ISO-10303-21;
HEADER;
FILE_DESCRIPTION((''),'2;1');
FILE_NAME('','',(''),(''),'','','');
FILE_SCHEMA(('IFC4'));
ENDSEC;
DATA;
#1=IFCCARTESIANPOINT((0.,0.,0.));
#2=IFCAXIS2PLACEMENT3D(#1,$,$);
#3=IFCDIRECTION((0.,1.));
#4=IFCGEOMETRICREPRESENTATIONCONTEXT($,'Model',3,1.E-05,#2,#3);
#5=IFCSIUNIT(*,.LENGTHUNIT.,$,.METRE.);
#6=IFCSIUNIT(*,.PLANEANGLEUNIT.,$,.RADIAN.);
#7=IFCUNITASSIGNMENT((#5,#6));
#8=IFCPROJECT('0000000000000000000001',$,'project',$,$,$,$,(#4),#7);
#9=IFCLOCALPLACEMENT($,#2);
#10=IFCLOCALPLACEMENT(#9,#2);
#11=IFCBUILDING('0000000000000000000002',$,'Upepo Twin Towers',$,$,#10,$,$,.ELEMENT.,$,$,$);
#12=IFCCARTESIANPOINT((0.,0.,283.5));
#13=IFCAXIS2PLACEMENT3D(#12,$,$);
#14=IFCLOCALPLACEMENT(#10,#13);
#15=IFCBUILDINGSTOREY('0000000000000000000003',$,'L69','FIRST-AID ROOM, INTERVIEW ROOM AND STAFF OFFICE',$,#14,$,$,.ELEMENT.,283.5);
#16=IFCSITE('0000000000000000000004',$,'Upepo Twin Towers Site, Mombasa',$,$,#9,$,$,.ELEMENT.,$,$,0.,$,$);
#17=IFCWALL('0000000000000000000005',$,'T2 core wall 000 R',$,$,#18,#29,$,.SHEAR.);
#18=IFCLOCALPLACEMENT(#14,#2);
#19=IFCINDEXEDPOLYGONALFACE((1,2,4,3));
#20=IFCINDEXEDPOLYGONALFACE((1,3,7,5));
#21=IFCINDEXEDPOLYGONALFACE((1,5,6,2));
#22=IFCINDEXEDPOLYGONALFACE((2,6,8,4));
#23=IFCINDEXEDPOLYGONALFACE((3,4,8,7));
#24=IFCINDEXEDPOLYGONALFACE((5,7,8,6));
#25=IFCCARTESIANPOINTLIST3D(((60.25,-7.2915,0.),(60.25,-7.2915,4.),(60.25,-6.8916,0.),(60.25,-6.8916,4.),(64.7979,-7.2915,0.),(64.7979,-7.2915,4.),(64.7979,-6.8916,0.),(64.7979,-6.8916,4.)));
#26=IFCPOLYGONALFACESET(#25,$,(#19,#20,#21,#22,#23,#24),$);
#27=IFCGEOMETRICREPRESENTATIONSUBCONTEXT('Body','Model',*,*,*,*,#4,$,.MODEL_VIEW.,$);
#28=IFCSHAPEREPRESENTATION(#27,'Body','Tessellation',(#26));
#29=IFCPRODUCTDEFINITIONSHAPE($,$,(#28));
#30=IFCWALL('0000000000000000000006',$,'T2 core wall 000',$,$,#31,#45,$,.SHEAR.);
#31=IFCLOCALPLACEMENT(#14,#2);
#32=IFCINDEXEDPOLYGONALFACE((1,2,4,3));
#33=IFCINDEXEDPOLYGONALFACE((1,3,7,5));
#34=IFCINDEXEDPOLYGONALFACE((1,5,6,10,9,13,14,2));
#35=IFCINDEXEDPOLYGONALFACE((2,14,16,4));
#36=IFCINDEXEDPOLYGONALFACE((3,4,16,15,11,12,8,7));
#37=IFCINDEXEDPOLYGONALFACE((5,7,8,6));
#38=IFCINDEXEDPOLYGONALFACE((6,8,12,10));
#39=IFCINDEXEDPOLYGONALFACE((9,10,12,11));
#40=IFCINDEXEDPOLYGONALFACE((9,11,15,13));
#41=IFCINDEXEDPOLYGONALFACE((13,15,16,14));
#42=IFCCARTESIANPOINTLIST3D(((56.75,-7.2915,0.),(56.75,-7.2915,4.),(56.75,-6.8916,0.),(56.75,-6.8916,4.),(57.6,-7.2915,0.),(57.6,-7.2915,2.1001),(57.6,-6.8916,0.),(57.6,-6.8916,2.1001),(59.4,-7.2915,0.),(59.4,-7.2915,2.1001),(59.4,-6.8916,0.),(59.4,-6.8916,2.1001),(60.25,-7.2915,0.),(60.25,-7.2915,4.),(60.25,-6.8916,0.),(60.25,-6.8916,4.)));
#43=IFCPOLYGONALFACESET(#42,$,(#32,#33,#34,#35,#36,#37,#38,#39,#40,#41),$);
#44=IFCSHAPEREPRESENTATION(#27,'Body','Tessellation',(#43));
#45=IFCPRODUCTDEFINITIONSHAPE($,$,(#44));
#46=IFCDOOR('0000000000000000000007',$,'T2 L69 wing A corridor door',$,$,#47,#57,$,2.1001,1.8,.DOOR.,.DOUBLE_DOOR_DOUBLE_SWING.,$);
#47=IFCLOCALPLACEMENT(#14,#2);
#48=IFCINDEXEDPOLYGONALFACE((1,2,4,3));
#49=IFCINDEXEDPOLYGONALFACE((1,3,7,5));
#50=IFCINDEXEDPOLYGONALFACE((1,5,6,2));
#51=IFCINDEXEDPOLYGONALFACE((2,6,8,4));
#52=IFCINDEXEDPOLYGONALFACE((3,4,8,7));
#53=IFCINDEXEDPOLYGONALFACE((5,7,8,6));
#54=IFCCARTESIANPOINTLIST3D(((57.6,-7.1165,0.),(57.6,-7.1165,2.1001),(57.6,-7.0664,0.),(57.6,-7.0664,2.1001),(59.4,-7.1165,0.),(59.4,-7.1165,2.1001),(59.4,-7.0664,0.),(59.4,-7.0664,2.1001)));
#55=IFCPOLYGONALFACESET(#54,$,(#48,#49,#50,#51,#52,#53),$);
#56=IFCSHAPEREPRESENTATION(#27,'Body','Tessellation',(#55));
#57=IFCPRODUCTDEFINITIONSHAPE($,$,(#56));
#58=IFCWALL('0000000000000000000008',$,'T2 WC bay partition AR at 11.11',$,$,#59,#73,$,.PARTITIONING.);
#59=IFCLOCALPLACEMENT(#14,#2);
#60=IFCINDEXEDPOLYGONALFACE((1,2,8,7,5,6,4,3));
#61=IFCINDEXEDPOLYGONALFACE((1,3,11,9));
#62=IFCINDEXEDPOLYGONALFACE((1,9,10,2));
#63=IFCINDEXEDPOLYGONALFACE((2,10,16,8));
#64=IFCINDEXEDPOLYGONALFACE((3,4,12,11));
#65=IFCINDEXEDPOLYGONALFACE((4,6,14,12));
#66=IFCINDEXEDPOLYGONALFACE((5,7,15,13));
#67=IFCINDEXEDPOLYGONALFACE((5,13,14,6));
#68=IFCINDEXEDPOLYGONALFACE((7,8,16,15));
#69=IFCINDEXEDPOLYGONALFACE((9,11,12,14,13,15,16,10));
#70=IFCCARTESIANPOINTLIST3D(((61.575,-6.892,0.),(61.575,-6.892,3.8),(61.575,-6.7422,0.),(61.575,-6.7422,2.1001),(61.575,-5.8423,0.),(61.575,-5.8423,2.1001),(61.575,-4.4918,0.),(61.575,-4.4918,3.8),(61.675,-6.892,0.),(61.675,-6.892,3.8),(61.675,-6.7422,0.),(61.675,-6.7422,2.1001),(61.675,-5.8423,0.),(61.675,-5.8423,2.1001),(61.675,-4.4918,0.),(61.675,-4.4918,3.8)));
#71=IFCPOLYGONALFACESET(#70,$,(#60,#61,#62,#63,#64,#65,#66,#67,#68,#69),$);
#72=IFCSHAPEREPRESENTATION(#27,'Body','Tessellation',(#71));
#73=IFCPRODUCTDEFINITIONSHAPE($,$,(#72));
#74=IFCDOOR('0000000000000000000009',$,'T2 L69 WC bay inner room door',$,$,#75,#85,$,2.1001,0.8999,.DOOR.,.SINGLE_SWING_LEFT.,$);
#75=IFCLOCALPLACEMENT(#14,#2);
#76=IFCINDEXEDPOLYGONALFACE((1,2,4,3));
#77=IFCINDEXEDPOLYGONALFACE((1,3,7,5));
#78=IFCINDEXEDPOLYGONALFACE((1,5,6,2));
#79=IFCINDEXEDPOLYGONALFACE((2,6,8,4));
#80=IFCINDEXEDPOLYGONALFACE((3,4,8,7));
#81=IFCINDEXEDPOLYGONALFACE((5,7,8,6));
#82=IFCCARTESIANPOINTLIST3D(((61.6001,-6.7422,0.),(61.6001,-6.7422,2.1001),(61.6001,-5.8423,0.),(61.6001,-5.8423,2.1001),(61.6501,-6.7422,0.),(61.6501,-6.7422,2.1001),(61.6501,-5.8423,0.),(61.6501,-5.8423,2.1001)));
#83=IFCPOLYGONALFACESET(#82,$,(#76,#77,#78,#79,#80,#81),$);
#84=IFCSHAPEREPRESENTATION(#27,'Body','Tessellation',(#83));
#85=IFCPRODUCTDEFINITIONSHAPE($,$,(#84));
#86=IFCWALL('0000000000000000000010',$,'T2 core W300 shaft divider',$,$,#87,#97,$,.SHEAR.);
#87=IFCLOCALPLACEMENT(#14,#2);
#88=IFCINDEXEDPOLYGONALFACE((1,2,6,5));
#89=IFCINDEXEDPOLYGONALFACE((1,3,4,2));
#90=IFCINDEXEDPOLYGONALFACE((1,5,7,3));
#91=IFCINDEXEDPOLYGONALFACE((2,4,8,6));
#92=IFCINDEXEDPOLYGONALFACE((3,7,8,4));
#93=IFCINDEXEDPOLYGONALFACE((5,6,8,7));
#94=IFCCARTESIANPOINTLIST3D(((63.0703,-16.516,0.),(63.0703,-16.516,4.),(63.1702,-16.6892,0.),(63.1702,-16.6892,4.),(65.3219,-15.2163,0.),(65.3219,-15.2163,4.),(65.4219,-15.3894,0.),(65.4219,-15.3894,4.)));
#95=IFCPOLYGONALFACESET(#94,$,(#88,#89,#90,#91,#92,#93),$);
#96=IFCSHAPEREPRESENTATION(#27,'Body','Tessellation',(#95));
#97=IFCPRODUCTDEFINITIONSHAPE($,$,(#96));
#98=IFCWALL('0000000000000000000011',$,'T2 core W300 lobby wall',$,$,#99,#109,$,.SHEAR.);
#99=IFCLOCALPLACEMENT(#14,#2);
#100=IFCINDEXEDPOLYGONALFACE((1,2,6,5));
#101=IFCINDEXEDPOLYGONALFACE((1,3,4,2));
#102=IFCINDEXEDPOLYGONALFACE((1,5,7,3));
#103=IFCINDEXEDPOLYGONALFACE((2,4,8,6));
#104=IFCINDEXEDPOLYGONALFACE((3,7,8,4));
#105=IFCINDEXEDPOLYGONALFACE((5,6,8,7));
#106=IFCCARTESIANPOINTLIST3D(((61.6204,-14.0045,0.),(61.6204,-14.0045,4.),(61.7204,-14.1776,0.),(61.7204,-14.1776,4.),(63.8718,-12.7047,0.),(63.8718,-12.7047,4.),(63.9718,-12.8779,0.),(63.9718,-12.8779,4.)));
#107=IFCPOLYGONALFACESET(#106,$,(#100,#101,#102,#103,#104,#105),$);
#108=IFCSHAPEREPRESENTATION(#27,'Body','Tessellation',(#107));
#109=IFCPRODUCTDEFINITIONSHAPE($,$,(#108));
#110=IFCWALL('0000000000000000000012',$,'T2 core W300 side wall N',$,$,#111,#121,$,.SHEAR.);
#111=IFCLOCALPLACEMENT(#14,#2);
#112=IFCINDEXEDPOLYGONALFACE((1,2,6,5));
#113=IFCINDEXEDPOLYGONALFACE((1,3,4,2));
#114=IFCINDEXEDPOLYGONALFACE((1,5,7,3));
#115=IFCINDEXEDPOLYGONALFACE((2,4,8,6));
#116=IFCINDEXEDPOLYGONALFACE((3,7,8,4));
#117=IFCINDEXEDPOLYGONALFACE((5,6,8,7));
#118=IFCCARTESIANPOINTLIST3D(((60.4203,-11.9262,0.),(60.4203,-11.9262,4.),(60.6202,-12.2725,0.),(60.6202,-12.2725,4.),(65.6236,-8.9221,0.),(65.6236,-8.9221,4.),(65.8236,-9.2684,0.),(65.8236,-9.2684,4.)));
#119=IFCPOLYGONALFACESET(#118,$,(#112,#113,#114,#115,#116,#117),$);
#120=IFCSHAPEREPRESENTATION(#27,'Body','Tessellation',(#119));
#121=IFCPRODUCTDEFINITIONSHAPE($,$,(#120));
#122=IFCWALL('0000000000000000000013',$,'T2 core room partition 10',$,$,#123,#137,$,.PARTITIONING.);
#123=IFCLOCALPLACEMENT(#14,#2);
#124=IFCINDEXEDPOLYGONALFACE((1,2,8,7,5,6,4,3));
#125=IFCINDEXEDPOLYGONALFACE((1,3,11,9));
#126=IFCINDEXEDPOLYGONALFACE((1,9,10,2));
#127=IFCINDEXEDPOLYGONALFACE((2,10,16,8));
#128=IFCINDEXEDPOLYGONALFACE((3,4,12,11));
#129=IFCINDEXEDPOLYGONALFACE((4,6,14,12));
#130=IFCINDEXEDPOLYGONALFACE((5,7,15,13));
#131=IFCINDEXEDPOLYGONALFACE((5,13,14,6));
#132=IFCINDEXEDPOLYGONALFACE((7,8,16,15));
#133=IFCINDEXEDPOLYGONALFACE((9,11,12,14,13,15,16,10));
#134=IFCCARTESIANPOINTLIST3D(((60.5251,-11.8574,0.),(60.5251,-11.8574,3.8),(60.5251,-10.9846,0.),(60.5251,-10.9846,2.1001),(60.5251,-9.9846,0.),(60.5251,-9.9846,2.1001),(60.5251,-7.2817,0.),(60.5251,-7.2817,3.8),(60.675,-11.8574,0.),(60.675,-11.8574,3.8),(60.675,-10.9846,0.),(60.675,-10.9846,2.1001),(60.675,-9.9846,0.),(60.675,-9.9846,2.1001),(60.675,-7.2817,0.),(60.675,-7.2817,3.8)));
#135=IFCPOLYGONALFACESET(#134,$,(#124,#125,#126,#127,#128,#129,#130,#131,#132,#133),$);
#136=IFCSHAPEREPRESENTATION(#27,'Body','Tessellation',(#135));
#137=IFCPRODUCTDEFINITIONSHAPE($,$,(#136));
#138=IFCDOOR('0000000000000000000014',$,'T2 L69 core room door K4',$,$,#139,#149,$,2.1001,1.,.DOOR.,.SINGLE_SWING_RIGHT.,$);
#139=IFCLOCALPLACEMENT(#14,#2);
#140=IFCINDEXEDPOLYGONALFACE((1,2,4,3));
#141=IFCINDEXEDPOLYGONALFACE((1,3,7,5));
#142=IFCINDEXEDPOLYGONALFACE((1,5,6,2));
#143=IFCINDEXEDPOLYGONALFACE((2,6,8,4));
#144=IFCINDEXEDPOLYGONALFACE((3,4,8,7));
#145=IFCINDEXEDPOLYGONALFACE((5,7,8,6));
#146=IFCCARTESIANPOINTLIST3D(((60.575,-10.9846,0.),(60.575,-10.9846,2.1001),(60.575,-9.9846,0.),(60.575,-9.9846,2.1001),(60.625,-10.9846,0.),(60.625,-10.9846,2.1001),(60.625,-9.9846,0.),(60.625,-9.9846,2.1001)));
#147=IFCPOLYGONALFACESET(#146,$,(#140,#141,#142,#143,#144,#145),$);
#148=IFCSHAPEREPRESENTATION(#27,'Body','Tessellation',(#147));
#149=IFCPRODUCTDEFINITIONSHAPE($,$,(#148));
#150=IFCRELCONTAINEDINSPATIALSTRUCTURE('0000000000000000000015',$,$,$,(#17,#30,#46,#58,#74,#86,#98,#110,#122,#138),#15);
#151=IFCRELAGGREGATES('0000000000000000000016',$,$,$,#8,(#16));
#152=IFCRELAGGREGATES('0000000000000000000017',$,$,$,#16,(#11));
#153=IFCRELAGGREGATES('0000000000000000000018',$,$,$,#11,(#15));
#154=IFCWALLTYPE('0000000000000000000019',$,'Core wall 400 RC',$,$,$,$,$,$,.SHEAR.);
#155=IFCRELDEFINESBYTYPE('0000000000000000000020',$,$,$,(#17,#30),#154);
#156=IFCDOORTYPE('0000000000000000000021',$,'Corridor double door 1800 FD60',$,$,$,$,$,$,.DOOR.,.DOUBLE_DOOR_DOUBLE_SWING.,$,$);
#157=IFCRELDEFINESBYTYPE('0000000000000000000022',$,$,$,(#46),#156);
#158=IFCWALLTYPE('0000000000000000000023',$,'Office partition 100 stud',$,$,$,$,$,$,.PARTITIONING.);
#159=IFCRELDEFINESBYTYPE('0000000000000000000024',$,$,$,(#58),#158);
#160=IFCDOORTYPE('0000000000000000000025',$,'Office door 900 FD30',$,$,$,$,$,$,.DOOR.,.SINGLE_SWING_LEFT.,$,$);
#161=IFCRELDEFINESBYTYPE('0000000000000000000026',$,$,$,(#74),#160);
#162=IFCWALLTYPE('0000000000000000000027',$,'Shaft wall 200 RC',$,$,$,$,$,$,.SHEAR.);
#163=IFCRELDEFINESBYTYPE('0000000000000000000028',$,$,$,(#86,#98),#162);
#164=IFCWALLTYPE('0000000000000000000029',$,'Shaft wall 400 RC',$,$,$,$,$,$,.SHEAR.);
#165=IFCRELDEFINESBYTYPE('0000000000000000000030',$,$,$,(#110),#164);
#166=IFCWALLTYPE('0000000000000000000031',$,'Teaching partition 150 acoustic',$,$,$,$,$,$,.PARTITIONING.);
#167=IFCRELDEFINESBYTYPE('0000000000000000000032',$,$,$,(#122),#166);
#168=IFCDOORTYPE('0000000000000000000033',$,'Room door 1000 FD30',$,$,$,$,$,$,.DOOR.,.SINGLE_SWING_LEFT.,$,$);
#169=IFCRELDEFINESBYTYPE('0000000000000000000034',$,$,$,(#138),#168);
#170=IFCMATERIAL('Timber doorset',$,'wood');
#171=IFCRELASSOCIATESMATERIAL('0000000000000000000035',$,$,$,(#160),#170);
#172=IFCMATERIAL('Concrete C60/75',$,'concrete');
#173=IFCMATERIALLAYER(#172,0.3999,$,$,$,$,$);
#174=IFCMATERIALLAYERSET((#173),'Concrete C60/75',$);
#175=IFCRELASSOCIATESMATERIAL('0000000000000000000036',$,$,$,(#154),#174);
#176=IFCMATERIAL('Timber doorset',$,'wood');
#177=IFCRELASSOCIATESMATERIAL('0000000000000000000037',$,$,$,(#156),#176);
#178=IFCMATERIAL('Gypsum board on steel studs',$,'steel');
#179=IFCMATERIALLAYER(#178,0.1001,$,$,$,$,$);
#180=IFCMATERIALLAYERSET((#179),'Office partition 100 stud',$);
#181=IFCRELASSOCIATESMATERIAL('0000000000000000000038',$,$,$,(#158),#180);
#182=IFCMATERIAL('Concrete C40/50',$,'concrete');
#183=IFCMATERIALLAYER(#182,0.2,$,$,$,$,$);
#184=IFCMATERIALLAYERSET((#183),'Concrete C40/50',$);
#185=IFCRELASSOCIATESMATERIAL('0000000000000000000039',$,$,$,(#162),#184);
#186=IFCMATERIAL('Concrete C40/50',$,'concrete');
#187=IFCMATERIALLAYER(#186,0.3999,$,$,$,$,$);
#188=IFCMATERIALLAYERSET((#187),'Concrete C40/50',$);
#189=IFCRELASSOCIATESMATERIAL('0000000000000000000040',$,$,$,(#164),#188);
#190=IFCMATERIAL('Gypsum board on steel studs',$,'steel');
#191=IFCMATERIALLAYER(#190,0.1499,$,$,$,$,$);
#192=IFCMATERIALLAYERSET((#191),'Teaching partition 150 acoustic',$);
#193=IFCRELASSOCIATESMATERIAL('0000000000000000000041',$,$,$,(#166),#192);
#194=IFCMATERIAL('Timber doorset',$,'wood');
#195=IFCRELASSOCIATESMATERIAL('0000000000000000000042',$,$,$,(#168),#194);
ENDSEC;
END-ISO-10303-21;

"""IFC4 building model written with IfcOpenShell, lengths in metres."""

from ifc_helpers import new_model, si_unit, direction, frame, frame_2d, origin, place, context, subcontext, project, spatial, rectangle, extrude, material, layer, layer_set, type_object, element, fill, save


model = new_model("IFC4")

# Units and contexts
model_context = context("Model", 3, precision=1e-05, world=origin(), true_north=direction((0.0, 1.0)))
body_context = subcontext(model_context, "Body", "Model", "MODEL_VIEW")
ifc_project = project(units=[si_unit("LENGTHUNIT", "METRE"), si_unit("PLANEANGLEUNIT", "RADIAN")], contexts=[model_context])

# Site, building, storey
site_placement = place(None, origin())
site = spatial("IfcSite", under=ifc_project, at=site_placement, Name="Upepo Twin Towers Site, Mombasa", CompositionType="ELEMENT", RefElevation=0.0)
building_placement = place(site_placement, origin())
building = spatial("IfcBuilding", under=site, at=building_placement, Name="Upepo Twin Towers", CompositionType="ELEMENT")
storey_placement = place(building_placement, frame((0.0, 0.0, 283.5)))
storey = spatial("IfcBuildingStorey", under=building, at=storey_placement, Name="L69", Description="FIRST-AID ROOM, INTERVIEW ROOM AND STAFF OFFICE", CompositionType="ELEMENT", Elevation=283.5)

# Shared definitions
ifc_material_1 = material(Name="Timber doorset", Category="wood")
door_type_1 = type_object("IfcDoorType", Name="Office door 900 FD30", OperationType="SINGLE_SWING_LEFT", PredefinedType="DOOR", material=ifc_material_1)

# Wall
ifc_material_2 = material(Name="Concrete C60/75", Category="concrete")
ifc_layer_1 = layer(ifc_material_2, 0.3999)
ifc_layer_set_1 = layer_set([ifc_layer_1], Name="Concrete C60/75")
wall_type_1 = type_object("IfcWallType", Name="Core wall 400 RC", PredefinedType="SHEAR", material=ifc_layer_set_1)
wall_1_placement = place(storey_placement, frame((64.7979, -7.0916, 0.0), z_axis=(0.0, 0.0, 1.0), x_axis=(-1.0, 0.0, 0.0)))
element("IfcWall", 1, at=wall_1_placement, inside=storey, type_object=wall_type_1, Name="T2 core wall 000 R", PredefinedType="SHEAR", context=body_context, shape_type="SweptSolid", body=[
    extrude(rectangle(XDim=4.5479, YDim=0.3999, at=frame_2d((2.2739, 0.0))), origin(), (0.0, 0.0, 1.0), 4.0),
])

# Walls, openings, doors
wall_2_placement = place(storey_placement, frame((60.25, -7.0916, 0.0), z_axis=(0.0, 0.0, 1.0), x_axis=(-1.0, 0.0, 0.0)))
wall_2 = element("IfcWall", 2, at=wall_2_placement, inside=storey, type_object=wall_type_1, Name="T2 core wall 000", PredefinedType="SHEAR", context=body_context, shape_type="SweptSolid", body=[
    extrude(rectangle(XDim=3.5, YDim=0.3999, at=frame_2d((1.75, 0.0))), origin(), (0.0, 0.0, 1.0), 4.0),
])
opening_1_placement = place(wall_2_placement, frame((0.8501, 0.0, 0.0)))
opening_1 = element("IfcOpeningElement", 3, at=opening_1_placement, cuts=wall_2, PredefinedType="OPENING", context=body_context, shape_type="SweptSolid", body=[
    extrude(rectangle(XDim=1.8, YDim=2.1001, at=frame_2d((0.8999, 1.05))), frame((0.0, 0.21, 0.0), z_axis=(0.0, -1.0, 0.0), x_axis=(1.0, 0.0, 0.0)), (0.0, 0.0, 1.0), 0.4199),
])
ifc_material_3 = material(Name="Timber doorset", Category="wood")
door_type_2 = type_object("IfcDoorType", Name="Corridor double door 1800 FD60", OperationType="DOUBLE_DOOR_DOUBLE_SWING", PredefinedType="DOOR", material=ifc_material_3)
door_1_placement = place(opening_1_placement, origin())
door_1 = element("IfcDoor", 4, at=door_1_placement, inside=storey, type_object=door_type_2, Name="T2 L69 wing A corridor door", OperationType="DOUBLE_DOOR_DOUBLE_SWING", OverallHeight=2.1001, OverallWidth=1.8, PredefinedType="DOOR", context=body_context, shape_type="SweptSolid", body=[
    extrude(rectangle(XDim=1.8, YDim=2.1001, at=frame_2d((0.8999, 1.05))), frame((0.0, 0.0249, 0.0), z_axis=(0.0, -1.0, 0.0), x_axis=(1.0, 0.0, 0.0)), (0.0, 0.0, 1.0), 0.05),
])
fill(opening_1, door_1)
ifc_material_4 = material(Name="Gypsum board on steel studs", Category="steel")
ifc_layer_2 = layer(ifc_material_4, 0.1001)
ifc_layer_set_2 = layer_set([ifc_layer_2], Name="Office partition 100 stud")
wall_type_2 = type_object("IfcWallType", Name="Office partition 100 stud", PredefinedType="PARTITIONING", material=ifc_layer_set_2)
wall_3_placement = place(storey_placement, frame((61.625, -6.8921, 0.0), z_axis=(0.0, 0.0, 1.0), x_axis=(0.0, 1.0, 0.0)))
wall_3 = element("IfcWall", 5, at=wall_3_placement, inside=storey, type_object=wall_type_2, Name="T2 WC bay partition AR at 11.11", PredefinedType="PARTITIONING", context=body_context, shape_type="SweptSolid", body=[
    extrude(rectangle(XDim=2.4001, YDim=0.1001, at=frame_2d((1.2002, 0.0))), origin(), (0.0, 0.0, 1.0), 3.8),
])
opening_2_placement = place(wall_3_placement, frame((0.1499, 0.0, 0.0)))
opening_2 = element("IfcOpeningElement", 6, at=opening_2_placement, cuts=wall_3, PredefinedType="OPENING", context=body_context, shape_type="SweptSolid", body=[
    extrude(rectangle(XDim=0.8999, YDim=2.1001, at=frame_2d((0.45, 1.05))), frame((0.0, 0.0601, 0.0), z_axis=(0.0, -1.0, 0.0), x_axis=(1.0, 0.0, 0.0)), (0.0, 0.0, 1.0), 0.1201),
])
door_2_placement = place(opening_2_placement, origin())
door_2 = element("IfcDoor", 7, at=door_2_placement, inside=storey, type_object=door_type_1, Name="T2 L69 WC bay inner room door", OperationType="SINGLE_SWING_LEFT", OverallHeight=2.1001, OverallWidth=0.8999, PredefinedType="DOOR", context=body_context, shape_type="SweptSolid", body=[
    extrude(rectangle(XDim=0.8999, YDim=2.1001, at=frame_2d((0.45, 1.05))), frame((0.0, 0.0249, 0.0), z_axis=(0.0, -1.0, 0.0), x_axis=(1.0, 0.0, 0.0)), (0.0, 0.0, 1.0), 0.05),
])
fill(opening_2, door_2)

# Walls
ifc_material_5 = material(Name="Concrete C40/50", Category="concrete")
ifc_layer_3 = layer(ifc_material_5, 0.2)
ifc_layer_set_3 = layer_set([ifc_layer_3], Name="Concrete C40/50")
wall_type_3 = type_object("IfcWallType", Name="Shaft wall 200 RC", PredefinedType="SHEAR", material=ifc_layer_set_3)
wall_4_placement = place(storey_placement, frame((63.1204, -16.6025, 0.0), z_axis=(0.0, 0.0, 1.0), x_axis=(0.866062, 0.499937, 0.0)))
element("IfcWall", 8, at=wall_4_placement, inside=storey, type_object=wall_type_3, Name="T2 core W300 shaft divider", PredefinedType="SHEAR", context=body_context, shape_type="SweptSolid", body=[
    extrude(rectangle(XDim=2.5999, YDim=0.2, at=frame_2d((1.2998, 0.0))), origin(), (0.0, 0.0, 1.0), 4.0),
])
wall_5_placement = place(storey_placement, frame((61.6704, -14.0911, 0.0), z_axis=(0.0, 0.0, 1.0), x_axis=(0.866039, 0.499977, 0.0)))
element("IfcWall", 9, at=wall_5_placement, inside=storey, type_object=wall_type_3, Name="T2 core W300 lobby wall", PredefinedType="SHEAR", context=body_context, shape_type="SweptSolid", body=[
    extrude(rectangle(XDim=2.5996, YDim=0.2, at=frame_2d((1.2998, 0.0))), origin(), (0.0, 0.0, 1.0), 4.0),
])
ifc_material_6 = material(Name="Concrete C40/50", Category="concrete")
ifc_layer_4 = layer(ifc_material_6, 0.3999)
ifc_layer_set_4 = layer_set([ifc_layer_4], Name="Concrete C40/50")
wall_type_4 = type_object("IfcWallType", Name="Shaft wall 400 RC", PredefinedType="SHEAR", material=ifc_layer_set_4)
wall_6_placement = place(storey_placement, frame((60.5203, -12.0994, 0.0), z_axis=(0.0, 0.0, 1.0), x_axis=(0.866027, 0.499998, 0.0)))
element("IfcWall", 10, at=wall_6_placement, inside=storey, type_object=wall_type_4, Name="T2 core W300 side wall N", PredefinedType="SHEAR", context=body_context, shape_type="SweptSolid", body=[
    extrude(rectangle(XDim=6.0083, YDim=0.3999, at=frame_2d((3.0042, 0.0))), origin(), (0.0, 0.0, 1.0), 4.0),
])

# Wall, opening, door
ifc_material_7 = material(Name="Gypsum board on steel studs", Category="steel")
ifc_layer_5 = layer(ifc_material_7, 0.1499)
ifc_layer_set_5 = layer_set([ifc_layer_5], Name="Teaching partition 150 acoustic")
wall_type_5 = type_object("IfcWallType", Name="Teaching partition 150 acoustic", PredefinedType="PARTITIONING", material=ifc_layer_set_5)
wall_7_placement = place(storey_placement, frame((60.6001, -7.2817, 0.0), z_axis=(0.0, 0.0, 1.0), x_axis=(0.0, -1.0, 0.0)))
wall_7 = element("IfcWall", 11, at=wall_7_placement, inside=storey, type_object=wall_type_5, Name="T2 core room partition 10", PredefinedType="PARTITIONING", context=body_context, shape_type="SweptSolid", body=[
    extrude(rectangle(XDim=4.5757, YDim=0.1499, at=frame_2d((2.2878, 0.0))), origin(), (0.0, 0.0, 1.0), 3.8),
])
opening_3_placement = place(wall_7_placement, frame((2.7029, 0.0, 0.0)))
opening_3 = element("IfcOpeningElement", 12, at=opening_3_placement, cuts=wall_7, PredefinedType="OPENING", context=body_context, shape_type="SweptSolid", body=[
    extrude(rectangle(XDim=1.0, YDim=2.1001, at=frame_2d((0.5, 1.05))), frame((0.0, 0.085, 0.0), z_axis=(0.0, -1.0, 0.0), x_axis=(1.0, 0.0, 0.0)), (0.0, 0.0, 1.0), 0.1699),
])
ifc_material_8 = material(Name="Timber doorset", Category="wood")
door_type_3 = type_object("IfcDoorType", Name="Room door 1000 FD30", OperationType="SINGLE_SWING_LEFT", PredefinedType="DOOR", material=ifc_material_8)
door_3_placement = place(opening_3_placement, origin())
door_3 = element("IfcDoor", 13, at=door_3_placement, inside=storey, type_object=door_type_3, Name="T2 L69 core room door K4", OperationType="SINGLE_SWING_RIGHT", OverallHeight=2.1001, OverallWidth=1.0, PredefinedType="DOOR", context=body_context, shape_type="SweptSolid", body=[
    extrude(rectangle(XDim=1.0, YDim=2.1001, at=frame_2d((0.5, 1.05))), frame((0.0, 0.0249, 0.0), z_axis=(0.0, -1.0, 0.0), x_axis=(1.0, 0.0, 0.0)), (0.0, 0.0, 1.0), 0.05),
])
fill(opening_3, door_3)

save(model, "model.ifc")
